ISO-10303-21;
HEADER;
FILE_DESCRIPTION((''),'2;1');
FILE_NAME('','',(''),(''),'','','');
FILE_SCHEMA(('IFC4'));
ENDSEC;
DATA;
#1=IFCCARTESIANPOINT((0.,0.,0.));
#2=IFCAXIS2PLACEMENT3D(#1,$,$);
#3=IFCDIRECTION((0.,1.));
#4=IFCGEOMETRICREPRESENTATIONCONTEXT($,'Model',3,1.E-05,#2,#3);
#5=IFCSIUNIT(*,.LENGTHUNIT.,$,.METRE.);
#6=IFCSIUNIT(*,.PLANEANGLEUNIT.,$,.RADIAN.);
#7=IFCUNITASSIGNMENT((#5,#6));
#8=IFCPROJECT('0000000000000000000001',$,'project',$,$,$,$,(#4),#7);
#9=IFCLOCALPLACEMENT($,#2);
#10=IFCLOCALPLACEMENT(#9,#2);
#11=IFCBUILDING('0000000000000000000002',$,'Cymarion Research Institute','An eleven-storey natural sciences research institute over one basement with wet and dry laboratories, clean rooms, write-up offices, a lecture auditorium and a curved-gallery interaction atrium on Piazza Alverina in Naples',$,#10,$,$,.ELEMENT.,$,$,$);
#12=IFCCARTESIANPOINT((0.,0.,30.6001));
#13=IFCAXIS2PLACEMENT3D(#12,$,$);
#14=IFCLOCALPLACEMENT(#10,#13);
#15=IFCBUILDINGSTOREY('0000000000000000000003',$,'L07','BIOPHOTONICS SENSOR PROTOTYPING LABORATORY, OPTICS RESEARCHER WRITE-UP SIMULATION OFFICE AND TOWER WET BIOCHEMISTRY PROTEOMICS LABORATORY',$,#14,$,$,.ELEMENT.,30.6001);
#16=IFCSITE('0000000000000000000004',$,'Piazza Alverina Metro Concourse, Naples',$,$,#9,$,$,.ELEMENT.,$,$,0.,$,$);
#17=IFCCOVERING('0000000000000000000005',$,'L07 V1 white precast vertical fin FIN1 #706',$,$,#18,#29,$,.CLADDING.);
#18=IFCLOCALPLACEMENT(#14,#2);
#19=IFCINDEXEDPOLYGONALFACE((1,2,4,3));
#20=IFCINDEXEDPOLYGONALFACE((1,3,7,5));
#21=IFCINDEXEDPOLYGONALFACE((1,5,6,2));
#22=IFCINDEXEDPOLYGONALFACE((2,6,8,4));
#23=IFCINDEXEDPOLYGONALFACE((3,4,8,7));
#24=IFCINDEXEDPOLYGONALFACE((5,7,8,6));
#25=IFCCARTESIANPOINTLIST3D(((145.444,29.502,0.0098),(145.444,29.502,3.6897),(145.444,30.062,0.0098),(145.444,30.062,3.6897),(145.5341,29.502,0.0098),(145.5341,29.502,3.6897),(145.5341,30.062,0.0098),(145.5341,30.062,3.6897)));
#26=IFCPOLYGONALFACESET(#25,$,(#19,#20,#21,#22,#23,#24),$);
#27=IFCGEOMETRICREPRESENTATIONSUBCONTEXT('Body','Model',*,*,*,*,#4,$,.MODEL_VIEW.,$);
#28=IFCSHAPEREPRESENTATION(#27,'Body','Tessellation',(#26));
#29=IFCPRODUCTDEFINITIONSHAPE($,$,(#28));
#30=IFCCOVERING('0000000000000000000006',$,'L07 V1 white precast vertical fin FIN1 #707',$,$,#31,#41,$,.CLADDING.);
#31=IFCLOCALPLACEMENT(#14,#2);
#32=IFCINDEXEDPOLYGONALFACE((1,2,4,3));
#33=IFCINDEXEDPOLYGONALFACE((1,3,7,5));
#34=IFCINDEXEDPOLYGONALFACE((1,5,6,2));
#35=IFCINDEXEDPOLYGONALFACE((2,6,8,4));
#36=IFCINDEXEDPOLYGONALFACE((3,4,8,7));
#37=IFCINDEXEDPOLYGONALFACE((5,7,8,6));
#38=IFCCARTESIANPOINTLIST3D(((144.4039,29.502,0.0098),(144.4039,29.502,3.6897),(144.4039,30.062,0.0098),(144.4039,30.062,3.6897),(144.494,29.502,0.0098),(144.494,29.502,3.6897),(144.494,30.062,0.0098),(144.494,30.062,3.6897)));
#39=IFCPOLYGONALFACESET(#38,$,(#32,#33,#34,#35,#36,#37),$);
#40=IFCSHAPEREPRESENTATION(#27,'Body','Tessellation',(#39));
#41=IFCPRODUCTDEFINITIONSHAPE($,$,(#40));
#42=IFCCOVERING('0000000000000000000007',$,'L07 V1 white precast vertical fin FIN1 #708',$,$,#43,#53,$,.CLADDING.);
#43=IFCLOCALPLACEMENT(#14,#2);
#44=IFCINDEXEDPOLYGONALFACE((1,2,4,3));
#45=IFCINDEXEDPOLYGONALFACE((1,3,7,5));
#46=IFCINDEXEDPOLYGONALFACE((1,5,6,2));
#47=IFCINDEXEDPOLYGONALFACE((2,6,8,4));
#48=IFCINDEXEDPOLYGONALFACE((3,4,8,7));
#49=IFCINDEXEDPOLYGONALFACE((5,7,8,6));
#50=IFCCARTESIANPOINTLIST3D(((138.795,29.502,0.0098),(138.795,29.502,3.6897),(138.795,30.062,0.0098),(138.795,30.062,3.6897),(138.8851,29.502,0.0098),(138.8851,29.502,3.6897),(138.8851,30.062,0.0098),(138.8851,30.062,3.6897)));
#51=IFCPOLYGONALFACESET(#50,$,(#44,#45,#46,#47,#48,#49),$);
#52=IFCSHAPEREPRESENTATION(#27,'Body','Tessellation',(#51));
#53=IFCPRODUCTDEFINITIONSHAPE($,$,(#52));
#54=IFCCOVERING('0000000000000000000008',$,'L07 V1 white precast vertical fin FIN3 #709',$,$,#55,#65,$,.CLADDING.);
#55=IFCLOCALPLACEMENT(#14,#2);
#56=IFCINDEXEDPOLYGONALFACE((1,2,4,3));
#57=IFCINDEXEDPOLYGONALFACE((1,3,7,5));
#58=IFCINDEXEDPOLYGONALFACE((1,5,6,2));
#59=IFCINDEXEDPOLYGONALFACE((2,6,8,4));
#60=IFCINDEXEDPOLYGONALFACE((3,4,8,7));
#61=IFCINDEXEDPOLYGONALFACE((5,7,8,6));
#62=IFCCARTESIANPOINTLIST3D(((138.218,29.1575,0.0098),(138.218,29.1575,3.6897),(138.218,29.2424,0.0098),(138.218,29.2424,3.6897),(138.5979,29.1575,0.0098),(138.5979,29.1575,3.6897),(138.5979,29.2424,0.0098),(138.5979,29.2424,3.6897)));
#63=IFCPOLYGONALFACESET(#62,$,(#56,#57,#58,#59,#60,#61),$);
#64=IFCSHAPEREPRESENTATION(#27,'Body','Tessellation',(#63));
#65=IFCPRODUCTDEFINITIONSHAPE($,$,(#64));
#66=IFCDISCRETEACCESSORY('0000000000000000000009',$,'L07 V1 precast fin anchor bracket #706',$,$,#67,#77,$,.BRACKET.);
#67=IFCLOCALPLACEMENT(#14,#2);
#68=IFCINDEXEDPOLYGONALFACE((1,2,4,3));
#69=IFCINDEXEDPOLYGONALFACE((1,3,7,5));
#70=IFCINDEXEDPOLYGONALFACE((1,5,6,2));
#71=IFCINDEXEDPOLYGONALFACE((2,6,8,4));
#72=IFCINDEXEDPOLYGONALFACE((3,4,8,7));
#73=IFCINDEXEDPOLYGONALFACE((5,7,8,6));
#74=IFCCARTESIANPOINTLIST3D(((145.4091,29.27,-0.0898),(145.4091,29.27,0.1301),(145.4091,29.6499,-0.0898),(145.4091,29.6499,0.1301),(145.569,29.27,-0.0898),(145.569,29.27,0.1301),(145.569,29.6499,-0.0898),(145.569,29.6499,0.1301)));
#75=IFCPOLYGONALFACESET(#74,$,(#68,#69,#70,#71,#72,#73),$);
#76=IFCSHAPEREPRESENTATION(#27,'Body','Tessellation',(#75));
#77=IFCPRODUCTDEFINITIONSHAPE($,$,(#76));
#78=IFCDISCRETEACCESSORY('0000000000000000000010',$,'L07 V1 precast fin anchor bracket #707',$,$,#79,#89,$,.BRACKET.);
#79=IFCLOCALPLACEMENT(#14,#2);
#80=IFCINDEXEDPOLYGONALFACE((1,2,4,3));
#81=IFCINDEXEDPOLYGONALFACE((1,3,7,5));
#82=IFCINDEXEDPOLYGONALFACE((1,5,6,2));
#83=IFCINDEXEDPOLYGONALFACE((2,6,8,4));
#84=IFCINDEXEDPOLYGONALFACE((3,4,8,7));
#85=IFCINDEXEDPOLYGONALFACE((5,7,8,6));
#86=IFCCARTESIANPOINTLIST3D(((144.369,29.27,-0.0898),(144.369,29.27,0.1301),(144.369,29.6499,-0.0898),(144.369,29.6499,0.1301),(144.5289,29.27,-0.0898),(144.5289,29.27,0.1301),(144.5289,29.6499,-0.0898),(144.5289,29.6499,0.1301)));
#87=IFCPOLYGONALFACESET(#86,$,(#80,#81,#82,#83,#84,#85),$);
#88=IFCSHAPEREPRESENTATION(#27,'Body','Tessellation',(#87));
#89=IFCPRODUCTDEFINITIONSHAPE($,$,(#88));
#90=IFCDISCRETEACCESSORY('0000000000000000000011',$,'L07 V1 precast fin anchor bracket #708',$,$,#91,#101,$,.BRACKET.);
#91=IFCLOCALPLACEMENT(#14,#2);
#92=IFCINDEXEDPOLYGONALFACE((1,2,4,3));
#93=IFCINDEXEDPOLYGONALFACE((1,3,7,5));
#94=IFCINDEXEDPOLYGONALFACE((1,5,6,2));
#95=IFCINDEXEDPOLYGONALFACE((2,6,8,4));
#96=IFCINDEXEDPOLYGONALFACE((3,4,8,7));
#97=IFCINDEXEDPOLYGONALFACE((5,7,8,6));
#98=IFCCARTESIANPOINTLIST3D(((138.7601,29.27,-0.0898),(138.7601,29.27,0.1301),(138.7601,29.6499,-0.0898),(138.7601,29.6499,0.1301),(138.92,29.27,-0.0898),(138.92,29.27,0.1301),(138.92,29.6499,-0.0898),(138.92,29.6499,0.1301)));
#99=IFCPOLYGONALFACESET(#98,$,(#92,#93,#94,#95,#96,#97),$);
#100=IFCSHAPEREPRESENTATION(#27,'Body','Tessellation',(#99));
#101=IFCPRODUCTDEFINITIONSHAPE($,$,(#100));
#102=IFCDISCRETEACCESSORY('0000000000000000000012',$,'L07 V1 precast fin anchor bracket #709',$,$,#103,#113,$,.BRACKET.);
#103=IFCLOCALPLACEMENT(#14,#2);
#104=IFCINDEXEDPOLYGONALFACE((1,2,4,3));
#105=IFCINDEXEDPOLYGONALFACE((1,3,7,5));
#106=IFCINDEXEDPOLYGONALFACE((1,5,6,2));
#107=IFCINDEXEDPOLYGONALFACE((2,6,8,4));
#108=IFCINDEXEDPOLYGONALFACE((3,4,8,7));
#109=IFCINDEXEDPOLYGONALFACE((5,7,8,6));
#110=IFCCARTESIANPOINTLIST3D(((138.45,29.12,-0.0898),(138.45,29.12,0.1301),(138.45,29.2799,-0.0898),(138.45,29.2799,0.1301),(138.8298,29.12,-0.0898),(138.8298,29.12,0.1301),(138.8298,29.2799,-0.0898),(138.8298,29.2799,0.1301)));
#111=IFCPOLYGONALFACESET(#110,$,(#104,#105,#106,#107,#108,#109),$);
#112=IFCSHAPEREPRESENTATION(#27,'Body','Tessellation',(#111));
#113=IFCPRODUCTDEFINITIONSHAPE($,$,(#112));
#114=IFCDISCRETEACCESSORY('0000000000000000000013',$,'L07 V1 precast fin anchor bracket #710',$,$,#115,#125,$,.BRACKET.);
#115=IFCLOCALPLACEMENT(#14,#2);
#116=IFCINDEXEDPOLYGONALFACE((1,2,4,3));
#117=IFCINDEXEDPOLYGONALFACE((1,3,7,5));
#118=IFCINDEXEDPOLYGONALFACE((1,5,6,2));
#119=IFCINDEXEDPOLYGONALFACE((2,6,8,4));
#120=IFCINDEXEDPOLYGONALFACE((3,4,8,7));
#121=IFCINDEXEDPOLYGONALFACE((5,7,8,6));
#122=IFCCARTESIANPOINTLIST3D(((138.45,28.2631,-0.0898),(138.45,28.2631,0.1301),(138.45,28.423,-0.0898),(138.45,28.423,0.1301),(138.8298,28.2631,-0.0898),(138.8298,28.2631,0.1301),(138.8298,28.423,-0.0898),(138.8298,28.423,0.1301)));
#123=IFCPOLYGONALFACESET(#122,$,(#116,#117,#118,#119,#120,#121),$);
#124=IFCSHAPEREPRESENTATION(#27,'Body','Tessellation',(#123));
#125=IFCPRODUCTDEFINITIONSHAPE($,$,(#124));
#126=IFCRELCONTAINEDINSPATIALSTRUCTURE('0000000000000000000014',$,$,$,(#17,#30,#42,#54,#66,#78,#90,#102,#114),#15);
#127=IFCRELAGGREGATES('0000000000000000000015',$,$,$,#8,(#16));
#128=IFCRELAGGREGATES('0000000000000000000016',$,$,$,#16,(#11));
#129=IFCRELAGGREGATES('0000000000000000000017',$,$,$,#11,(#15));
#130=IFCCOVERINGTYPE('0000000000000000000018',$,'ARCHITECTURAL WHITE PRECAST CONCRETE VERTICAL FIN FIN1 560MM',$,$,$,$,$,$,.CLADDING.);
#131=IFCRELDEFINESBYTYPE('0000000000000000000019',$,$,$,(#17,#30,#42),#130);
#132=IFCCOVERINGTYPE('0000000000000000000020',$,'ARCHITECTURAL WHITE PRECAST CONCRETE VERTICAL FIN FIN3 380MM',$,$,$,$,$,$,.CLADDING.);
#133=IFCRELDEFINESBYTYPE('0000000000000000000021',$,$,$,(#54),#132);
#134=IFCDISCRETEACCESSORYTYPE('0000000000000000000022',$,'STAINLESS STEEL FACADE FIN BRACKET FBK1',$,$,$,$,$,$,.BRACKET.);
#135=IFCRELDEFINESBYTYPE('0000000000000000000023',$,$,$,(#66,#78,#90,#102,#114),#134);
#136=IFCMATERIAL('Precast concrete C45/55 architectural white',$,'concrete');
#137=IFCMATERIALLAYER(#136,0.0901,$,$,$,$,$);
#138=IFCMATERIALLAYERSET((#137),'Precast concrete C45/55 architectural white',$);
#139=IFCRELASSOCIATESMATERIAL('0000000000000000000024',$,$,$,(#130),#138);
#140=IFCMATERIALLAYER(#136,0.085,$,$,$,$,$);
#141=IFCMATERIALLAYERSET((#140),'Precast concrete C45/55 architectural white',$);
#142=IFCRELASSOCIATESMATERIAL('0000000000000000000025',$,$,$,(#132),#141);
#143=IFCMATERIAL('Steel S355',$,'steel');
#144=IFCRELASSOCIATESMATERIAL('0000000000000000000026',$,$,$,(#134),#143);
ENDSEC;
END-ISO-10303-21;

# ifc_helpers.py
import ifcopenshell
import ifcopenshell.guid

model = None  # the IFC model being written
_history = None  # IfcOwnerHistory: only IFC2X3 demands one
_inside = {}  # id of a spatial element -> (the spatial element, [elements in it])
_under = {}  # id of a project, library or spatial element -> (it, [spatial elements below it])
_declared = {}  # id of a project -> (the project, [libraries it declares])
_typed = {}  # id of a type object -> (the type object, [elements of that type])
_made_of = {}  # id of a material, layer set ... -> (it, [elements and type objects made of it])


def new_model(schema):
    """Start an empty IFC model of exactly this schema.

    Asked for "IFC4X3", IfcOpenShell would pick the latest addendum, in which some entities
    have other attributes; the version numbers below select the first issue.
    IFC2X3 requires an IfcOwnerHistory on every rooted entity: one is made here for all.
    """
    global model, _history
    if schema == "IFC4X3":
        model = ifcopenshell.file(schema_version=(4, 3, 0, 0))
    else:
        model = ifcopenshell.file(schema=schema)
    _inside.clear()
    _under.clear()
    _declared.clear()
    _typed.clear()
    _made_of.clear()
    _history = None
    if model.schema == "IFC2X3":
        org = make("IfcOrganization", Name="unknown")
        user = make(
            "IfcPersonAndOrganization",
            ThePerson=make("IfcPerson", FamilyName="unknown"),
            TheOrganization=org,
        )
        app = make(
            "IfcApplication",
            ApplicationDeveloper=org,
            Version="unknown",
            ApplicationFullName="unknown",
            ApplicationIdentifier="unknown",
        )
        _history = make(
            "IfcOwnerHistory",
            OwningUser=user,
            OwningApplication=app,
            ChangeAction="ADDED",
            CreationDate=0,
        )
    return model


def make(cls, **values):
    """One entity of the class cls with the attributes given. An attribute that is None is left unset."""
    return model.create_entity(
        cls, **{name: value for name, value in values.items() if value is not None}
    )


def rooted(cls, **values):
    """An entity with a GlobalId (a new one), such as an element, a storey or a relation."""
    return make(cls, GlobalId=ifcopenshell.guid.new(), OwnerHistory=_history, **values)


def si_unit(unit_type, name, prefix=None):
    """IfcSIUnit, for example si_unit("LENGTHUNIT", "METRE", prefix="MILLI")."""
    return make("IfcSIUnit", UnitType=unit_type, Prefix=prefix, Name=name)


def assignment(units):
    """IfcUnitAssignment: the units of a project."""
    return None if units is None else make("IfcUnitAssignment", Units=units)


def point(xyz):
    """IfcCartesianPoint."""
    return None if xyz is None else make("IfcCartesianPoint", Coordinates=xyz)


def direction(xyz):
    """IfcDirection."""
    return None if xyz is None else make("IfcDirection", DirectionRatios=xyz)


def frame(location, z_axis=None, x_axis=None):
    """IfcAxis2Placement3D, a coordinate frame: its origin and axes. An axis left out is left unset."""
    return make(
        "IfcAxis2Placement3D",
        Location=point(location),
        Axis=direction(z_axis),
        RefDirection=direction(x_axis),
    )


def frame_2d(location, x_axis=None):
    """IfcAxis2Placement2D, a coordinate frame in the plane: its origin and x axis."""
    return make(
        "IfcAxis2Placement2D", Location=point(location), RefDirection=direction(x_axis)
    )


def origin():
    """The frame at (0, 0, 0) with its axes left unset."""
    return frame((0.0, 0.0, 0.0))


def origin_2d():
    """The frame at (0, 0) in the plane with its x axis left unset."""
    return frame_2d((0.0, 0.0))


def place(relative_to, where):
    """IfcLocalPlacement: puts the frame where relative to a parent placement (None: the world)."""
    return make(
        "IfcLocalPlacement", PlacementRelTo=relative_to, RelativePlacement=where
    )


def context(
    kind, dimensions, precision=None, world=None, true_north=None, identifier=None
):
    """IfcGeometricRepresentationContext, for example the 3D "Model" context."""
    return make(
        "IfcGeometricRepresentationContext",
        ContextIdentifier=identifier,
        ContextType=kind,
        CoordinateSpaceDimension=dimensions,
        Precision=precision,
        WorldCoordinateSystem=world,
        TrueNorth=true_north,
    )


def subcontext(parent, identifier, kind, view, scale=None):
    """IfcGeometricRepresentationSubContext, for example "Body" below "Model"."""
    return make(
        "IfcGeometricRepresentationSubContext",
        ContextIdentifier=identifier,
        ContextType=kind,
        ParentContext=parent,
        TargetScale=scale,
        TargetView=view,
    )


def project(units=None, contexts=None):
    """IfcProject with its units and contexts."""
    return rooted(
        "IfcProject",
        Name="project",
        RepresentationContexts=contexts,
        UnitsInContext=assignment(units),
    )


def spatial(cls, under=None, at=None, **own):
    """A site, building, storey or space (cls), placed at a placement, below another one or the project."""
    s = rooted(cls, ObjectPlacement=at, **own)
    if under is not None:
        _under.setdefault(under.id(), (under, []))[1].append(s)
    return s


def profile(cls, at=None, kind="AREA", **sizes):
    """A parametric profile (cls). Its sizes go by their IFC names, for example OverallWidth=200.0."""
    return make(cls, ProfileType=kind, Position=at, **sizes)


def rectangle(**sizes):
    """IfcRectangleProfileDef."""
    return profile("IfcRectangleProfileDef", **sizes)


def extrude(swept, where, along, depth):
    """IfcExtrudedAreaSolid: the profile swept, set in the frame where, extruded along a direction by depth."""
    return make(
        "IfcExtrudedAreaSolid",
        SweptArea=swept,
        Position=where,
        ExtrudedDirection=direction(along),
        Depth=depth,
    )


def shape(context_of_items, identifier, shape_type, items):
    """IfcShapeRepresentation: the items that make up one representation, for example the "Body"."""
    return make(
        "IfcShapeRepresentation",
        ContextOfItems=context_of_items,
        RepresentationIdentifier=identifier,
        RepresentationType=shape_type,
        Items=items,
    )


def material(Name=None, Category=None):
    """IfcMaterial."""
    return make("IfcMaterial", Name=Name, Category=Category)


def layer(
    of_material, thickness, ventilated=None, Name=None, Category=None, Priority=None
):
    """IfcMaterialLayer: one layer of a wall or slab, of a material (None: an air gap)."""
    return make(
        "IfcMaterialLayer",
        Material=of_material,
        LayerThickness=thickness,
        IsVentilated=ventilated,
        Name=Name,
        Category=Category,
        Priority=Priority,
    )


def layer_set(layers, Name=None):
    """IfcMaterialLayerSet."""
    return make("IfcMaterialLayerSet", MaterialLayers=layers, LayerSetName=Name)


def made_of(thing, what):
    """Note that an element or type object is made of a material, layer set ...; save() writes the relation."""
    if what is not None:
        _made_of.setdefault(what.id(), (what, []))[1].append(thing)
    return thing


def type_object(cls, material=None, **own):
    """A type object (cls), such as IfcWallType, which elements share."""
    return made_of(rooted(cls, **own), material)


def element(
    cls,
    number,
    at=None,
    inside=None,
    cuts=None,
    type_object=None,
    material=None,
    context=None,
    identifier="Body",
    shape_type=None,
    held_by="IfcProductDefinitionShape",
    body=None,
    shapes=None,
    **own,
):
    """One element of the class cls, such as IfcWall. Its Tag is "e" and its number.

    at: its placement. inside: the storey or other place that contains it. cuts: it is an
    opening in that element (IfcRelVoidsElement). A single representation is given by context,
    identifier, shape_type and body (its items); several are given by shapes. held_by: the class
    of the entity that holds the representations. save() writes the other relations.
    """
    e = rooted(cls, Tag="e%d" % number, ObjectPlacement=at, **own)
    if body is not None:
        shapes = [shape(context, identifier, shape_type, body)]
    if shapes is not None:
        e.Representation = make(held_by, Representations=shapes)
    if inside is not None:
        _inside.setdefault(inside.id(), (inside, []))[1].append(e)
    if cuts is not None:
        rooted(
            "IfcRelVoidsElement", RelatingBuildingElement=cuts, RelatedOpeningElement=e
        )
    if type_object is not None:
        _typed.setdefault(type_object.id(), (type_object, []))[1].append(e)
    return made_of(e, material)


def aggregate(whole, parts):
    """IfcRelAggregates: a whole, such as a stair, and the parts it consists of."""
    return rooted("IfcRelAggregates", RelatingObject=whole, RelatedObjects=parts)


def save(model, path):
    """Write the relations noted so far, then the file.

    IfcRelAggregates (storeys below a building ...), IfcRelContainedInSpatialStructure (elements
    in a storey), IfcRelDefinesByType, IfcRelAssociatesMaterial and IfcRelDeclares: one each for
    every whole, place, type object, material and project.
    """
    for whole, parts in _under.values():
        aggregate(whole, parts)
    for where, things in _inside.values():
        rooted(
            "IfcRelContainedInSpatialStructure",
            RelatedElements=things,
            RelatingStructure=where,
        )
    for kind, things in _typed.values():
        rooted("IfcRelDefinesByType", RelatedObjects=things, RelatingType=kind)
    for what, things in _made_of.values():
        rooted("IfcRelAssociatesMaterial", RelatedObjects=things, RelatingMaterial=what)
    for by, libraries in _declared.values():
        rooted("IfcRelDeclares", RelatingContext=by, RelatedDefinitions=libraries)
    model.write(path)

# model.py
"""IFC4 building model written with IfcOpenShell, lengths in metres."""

from ifc_helpers import new_model, si_unit, direction, frame, origin, origin_2d, place, context, subcontext, project, spatial, rectangle, extrude, material, layer, layer_set, type_object, element, save


model = new_model("IFC4")

# Units and contexts
model_context = context("Model", 3, precision=1e-05, world=origin(), true_north=direction((0.0, 1.0)))
body_context = subcontext(model_context, "Body", "Model", "MODEL_VIEW")
ifc_project = project(units=[si_unit("LENGTHUNIT", "METRE"), si_unit("PLANEANGLEUNIT", "RADIAN")], contexts=[model_context])

# Site, building, storey
site_placement = place(None, origin())
site = spatial("IfcSite", under=ifc_project, at=site_placement, Name="Piazza Alverina Metro Concourse, Naples", CompositionType="ELEMENT", RefElevation=0.0)
building_placement = place(site_placement, origin())
building = spatial("IfcBuilding", under=site, at=building_placement, Name="Cymarion Research Institute", Description="An eleven-storey natural sciences research institute over one basement with wet and dry laboratories, clean rooms, write-up offices, a lecture auditorium and a curved-gallery interaction atrium on Piazza Alverina in Naples", CompositionType="ELEMENT")
storey_placement = place(building_placement, frame((0.0, 0.0, 30.6001)))
storey = spatial("IfcBuildingStorey", under=building, at=storey_placement, Name="L07", Description="BIOPHOTONICS SENSOR PROTOTYPING LABORATORY, OPTICS RESEARCHER WRITE-UP SIMULATION OFFICE AND TOWER WET BIOCHEMISTRY PROTEOMICS LABORATORY", CompositionType="ELEMENT", Elevation=30.6001)

# Shared definitions
ifc_material_1 = material(Name="Steel S355", Category="steel")

# Coverings
ifc_material_2 = material(Name="Precast concrete C45/55 architectural white", Category="concrete")
ifc_layer_1 = layer(ifc_material_2, 0.0901)
ifc_layer_set_1 = layer_set([ifc_layer_1], Name="Precast concrete C45/55 architectural white")
covering_type_1 = type_object("IfcCoveringType", Name="ARCHITECTURAL WHITE PRECAST CONCRETE VERTICAL FIN FIN1 560MM", PredefinedType="CLADDING", material=ifc_layer_set_1)
for number, where, z_axis, x_axis, name in (
    (1, (145.489, 29.782, 0.0098), (0.0, 0.0, 1.0), (0.0, 1.0, 0.0), "L07 V1 white precast vertical fin FIN1 #706"),
    (2, (144.449, 29.782, 0.0098), (0.0, 0.0, 1.0), (0.0, 1.0, 0.0), "L07 V1 white precast vertical fin FIN1 #707"),
    (3, (138.8401, 29.782, 0.0098), (0.0, 0.0, 1.0), (0.0, 1.0, 0.0), "L07 V1 white precast vertical fin FIN1 #708"),
):
    element("IfcCovering", number, at=place(storey_placement, frame(where, z_axis=z_axis, x_axis=x_axis)), inside=storey, type_object=covering_type_1, Name=name, PredefinedType="CLADDING", context=body_context, shape_type="SweptSolid", body=[
        extrude(rectangle(XDim=0.5601, YDim=0.0901, at=origin_2d()), origin(), (0.0, 0.0, 1.0), 3.6799),
    ])
ifc_layer_2 = layer(ifc_material_2, 0.085)
ifc_layer_set_2 = layer_set([ifc_layer_2], Name="Precast concrete C45/55 architectural white")
covering_type_2 = type_object("IfcCoveringType", Name="ARCHITECTURAL WHITE PRECAST CONCRETE VERTICAL FIN FIN3 380MM", PredefinedType="CLADDING", material=ifc_layer_set_2)
covering_placement = place(storey_placement, frame((138.408, 29.2, 0.0098), z_axis=(0.0, 0.0, 1.0), x_axis=(-1.0, 0.0, 0.0)))
element("IfcCovering", 4, at=covering_placement, inside=storey, type_object=covering_type_2, Name="L07 V1 white precast vertical fin FIN3 #709", PredefinedType="CLADDING", context=body_context, shape_type="SweptSolid", body=[
    extrude(rectangle(XDim=0.3799, YDim=0.085, at=origin_2d()), origin(), (0.0, 0.0, 1.0), 3.6799),
])

# Discrete accessories
discrete_accessory_type = type_object("IfcDiscreteAccessoryType", Name="STAINLESS STEEL FACADE FIN BRACKET FBK1", PredefinedType="BRACKET", material=ifc_material_1)
for number, where, z_axis, x_axis, name in (
    (5, (145.489, 29.46, -0.0898), (0.0, 0.0, 1.0), (0.0, 1.0, 0.0), "L07 V1 precast fin anchor bracket #706"),
    (6, (144.449, 29.46, -0.0898), (0.0, 0.0, 1.0), (0.0, 1.0, 0.0), "L07 V1 precast fin anchor bracket #707"),
    (7, (138.8401, 29.46, -0.0898), (0.0, 0.0, 1.0), (0.0, 1.0, 0.0), "L07 V1 precast fin anchor bracket #708"),
    (8, (138.6399, 29.2, -0.0898), (0.0, 0.0, 1.0), (-1.0, 0.0, 0.0), "L07 V1 precast fin anchor bracket #709"),
    (9, (138.6399, 28.343, -0.0898), (0.0, 0.0, 1.0), (-1.0, 0.0, 0.0), "L07 V1 precast fin anchor bracket #710"),
):
    element("IfcDiscreteAccessory", number, at=place(storey_placement, frame(where, z_axis=z_axis, x_axis=x_axis)), inside=storey, type_object=discrete_accessory_type, Name=name, PredefinedType="BRACKET", context=body_context, shape_type="SweptSolid", body=[
        extrude(rectangle(XDim=0.3799, YDim=0.1599, at=origin_2d()), origin(), (0.0, 0.0, 1.0), 0.22),
    ])

save(model, "model.ifc")
